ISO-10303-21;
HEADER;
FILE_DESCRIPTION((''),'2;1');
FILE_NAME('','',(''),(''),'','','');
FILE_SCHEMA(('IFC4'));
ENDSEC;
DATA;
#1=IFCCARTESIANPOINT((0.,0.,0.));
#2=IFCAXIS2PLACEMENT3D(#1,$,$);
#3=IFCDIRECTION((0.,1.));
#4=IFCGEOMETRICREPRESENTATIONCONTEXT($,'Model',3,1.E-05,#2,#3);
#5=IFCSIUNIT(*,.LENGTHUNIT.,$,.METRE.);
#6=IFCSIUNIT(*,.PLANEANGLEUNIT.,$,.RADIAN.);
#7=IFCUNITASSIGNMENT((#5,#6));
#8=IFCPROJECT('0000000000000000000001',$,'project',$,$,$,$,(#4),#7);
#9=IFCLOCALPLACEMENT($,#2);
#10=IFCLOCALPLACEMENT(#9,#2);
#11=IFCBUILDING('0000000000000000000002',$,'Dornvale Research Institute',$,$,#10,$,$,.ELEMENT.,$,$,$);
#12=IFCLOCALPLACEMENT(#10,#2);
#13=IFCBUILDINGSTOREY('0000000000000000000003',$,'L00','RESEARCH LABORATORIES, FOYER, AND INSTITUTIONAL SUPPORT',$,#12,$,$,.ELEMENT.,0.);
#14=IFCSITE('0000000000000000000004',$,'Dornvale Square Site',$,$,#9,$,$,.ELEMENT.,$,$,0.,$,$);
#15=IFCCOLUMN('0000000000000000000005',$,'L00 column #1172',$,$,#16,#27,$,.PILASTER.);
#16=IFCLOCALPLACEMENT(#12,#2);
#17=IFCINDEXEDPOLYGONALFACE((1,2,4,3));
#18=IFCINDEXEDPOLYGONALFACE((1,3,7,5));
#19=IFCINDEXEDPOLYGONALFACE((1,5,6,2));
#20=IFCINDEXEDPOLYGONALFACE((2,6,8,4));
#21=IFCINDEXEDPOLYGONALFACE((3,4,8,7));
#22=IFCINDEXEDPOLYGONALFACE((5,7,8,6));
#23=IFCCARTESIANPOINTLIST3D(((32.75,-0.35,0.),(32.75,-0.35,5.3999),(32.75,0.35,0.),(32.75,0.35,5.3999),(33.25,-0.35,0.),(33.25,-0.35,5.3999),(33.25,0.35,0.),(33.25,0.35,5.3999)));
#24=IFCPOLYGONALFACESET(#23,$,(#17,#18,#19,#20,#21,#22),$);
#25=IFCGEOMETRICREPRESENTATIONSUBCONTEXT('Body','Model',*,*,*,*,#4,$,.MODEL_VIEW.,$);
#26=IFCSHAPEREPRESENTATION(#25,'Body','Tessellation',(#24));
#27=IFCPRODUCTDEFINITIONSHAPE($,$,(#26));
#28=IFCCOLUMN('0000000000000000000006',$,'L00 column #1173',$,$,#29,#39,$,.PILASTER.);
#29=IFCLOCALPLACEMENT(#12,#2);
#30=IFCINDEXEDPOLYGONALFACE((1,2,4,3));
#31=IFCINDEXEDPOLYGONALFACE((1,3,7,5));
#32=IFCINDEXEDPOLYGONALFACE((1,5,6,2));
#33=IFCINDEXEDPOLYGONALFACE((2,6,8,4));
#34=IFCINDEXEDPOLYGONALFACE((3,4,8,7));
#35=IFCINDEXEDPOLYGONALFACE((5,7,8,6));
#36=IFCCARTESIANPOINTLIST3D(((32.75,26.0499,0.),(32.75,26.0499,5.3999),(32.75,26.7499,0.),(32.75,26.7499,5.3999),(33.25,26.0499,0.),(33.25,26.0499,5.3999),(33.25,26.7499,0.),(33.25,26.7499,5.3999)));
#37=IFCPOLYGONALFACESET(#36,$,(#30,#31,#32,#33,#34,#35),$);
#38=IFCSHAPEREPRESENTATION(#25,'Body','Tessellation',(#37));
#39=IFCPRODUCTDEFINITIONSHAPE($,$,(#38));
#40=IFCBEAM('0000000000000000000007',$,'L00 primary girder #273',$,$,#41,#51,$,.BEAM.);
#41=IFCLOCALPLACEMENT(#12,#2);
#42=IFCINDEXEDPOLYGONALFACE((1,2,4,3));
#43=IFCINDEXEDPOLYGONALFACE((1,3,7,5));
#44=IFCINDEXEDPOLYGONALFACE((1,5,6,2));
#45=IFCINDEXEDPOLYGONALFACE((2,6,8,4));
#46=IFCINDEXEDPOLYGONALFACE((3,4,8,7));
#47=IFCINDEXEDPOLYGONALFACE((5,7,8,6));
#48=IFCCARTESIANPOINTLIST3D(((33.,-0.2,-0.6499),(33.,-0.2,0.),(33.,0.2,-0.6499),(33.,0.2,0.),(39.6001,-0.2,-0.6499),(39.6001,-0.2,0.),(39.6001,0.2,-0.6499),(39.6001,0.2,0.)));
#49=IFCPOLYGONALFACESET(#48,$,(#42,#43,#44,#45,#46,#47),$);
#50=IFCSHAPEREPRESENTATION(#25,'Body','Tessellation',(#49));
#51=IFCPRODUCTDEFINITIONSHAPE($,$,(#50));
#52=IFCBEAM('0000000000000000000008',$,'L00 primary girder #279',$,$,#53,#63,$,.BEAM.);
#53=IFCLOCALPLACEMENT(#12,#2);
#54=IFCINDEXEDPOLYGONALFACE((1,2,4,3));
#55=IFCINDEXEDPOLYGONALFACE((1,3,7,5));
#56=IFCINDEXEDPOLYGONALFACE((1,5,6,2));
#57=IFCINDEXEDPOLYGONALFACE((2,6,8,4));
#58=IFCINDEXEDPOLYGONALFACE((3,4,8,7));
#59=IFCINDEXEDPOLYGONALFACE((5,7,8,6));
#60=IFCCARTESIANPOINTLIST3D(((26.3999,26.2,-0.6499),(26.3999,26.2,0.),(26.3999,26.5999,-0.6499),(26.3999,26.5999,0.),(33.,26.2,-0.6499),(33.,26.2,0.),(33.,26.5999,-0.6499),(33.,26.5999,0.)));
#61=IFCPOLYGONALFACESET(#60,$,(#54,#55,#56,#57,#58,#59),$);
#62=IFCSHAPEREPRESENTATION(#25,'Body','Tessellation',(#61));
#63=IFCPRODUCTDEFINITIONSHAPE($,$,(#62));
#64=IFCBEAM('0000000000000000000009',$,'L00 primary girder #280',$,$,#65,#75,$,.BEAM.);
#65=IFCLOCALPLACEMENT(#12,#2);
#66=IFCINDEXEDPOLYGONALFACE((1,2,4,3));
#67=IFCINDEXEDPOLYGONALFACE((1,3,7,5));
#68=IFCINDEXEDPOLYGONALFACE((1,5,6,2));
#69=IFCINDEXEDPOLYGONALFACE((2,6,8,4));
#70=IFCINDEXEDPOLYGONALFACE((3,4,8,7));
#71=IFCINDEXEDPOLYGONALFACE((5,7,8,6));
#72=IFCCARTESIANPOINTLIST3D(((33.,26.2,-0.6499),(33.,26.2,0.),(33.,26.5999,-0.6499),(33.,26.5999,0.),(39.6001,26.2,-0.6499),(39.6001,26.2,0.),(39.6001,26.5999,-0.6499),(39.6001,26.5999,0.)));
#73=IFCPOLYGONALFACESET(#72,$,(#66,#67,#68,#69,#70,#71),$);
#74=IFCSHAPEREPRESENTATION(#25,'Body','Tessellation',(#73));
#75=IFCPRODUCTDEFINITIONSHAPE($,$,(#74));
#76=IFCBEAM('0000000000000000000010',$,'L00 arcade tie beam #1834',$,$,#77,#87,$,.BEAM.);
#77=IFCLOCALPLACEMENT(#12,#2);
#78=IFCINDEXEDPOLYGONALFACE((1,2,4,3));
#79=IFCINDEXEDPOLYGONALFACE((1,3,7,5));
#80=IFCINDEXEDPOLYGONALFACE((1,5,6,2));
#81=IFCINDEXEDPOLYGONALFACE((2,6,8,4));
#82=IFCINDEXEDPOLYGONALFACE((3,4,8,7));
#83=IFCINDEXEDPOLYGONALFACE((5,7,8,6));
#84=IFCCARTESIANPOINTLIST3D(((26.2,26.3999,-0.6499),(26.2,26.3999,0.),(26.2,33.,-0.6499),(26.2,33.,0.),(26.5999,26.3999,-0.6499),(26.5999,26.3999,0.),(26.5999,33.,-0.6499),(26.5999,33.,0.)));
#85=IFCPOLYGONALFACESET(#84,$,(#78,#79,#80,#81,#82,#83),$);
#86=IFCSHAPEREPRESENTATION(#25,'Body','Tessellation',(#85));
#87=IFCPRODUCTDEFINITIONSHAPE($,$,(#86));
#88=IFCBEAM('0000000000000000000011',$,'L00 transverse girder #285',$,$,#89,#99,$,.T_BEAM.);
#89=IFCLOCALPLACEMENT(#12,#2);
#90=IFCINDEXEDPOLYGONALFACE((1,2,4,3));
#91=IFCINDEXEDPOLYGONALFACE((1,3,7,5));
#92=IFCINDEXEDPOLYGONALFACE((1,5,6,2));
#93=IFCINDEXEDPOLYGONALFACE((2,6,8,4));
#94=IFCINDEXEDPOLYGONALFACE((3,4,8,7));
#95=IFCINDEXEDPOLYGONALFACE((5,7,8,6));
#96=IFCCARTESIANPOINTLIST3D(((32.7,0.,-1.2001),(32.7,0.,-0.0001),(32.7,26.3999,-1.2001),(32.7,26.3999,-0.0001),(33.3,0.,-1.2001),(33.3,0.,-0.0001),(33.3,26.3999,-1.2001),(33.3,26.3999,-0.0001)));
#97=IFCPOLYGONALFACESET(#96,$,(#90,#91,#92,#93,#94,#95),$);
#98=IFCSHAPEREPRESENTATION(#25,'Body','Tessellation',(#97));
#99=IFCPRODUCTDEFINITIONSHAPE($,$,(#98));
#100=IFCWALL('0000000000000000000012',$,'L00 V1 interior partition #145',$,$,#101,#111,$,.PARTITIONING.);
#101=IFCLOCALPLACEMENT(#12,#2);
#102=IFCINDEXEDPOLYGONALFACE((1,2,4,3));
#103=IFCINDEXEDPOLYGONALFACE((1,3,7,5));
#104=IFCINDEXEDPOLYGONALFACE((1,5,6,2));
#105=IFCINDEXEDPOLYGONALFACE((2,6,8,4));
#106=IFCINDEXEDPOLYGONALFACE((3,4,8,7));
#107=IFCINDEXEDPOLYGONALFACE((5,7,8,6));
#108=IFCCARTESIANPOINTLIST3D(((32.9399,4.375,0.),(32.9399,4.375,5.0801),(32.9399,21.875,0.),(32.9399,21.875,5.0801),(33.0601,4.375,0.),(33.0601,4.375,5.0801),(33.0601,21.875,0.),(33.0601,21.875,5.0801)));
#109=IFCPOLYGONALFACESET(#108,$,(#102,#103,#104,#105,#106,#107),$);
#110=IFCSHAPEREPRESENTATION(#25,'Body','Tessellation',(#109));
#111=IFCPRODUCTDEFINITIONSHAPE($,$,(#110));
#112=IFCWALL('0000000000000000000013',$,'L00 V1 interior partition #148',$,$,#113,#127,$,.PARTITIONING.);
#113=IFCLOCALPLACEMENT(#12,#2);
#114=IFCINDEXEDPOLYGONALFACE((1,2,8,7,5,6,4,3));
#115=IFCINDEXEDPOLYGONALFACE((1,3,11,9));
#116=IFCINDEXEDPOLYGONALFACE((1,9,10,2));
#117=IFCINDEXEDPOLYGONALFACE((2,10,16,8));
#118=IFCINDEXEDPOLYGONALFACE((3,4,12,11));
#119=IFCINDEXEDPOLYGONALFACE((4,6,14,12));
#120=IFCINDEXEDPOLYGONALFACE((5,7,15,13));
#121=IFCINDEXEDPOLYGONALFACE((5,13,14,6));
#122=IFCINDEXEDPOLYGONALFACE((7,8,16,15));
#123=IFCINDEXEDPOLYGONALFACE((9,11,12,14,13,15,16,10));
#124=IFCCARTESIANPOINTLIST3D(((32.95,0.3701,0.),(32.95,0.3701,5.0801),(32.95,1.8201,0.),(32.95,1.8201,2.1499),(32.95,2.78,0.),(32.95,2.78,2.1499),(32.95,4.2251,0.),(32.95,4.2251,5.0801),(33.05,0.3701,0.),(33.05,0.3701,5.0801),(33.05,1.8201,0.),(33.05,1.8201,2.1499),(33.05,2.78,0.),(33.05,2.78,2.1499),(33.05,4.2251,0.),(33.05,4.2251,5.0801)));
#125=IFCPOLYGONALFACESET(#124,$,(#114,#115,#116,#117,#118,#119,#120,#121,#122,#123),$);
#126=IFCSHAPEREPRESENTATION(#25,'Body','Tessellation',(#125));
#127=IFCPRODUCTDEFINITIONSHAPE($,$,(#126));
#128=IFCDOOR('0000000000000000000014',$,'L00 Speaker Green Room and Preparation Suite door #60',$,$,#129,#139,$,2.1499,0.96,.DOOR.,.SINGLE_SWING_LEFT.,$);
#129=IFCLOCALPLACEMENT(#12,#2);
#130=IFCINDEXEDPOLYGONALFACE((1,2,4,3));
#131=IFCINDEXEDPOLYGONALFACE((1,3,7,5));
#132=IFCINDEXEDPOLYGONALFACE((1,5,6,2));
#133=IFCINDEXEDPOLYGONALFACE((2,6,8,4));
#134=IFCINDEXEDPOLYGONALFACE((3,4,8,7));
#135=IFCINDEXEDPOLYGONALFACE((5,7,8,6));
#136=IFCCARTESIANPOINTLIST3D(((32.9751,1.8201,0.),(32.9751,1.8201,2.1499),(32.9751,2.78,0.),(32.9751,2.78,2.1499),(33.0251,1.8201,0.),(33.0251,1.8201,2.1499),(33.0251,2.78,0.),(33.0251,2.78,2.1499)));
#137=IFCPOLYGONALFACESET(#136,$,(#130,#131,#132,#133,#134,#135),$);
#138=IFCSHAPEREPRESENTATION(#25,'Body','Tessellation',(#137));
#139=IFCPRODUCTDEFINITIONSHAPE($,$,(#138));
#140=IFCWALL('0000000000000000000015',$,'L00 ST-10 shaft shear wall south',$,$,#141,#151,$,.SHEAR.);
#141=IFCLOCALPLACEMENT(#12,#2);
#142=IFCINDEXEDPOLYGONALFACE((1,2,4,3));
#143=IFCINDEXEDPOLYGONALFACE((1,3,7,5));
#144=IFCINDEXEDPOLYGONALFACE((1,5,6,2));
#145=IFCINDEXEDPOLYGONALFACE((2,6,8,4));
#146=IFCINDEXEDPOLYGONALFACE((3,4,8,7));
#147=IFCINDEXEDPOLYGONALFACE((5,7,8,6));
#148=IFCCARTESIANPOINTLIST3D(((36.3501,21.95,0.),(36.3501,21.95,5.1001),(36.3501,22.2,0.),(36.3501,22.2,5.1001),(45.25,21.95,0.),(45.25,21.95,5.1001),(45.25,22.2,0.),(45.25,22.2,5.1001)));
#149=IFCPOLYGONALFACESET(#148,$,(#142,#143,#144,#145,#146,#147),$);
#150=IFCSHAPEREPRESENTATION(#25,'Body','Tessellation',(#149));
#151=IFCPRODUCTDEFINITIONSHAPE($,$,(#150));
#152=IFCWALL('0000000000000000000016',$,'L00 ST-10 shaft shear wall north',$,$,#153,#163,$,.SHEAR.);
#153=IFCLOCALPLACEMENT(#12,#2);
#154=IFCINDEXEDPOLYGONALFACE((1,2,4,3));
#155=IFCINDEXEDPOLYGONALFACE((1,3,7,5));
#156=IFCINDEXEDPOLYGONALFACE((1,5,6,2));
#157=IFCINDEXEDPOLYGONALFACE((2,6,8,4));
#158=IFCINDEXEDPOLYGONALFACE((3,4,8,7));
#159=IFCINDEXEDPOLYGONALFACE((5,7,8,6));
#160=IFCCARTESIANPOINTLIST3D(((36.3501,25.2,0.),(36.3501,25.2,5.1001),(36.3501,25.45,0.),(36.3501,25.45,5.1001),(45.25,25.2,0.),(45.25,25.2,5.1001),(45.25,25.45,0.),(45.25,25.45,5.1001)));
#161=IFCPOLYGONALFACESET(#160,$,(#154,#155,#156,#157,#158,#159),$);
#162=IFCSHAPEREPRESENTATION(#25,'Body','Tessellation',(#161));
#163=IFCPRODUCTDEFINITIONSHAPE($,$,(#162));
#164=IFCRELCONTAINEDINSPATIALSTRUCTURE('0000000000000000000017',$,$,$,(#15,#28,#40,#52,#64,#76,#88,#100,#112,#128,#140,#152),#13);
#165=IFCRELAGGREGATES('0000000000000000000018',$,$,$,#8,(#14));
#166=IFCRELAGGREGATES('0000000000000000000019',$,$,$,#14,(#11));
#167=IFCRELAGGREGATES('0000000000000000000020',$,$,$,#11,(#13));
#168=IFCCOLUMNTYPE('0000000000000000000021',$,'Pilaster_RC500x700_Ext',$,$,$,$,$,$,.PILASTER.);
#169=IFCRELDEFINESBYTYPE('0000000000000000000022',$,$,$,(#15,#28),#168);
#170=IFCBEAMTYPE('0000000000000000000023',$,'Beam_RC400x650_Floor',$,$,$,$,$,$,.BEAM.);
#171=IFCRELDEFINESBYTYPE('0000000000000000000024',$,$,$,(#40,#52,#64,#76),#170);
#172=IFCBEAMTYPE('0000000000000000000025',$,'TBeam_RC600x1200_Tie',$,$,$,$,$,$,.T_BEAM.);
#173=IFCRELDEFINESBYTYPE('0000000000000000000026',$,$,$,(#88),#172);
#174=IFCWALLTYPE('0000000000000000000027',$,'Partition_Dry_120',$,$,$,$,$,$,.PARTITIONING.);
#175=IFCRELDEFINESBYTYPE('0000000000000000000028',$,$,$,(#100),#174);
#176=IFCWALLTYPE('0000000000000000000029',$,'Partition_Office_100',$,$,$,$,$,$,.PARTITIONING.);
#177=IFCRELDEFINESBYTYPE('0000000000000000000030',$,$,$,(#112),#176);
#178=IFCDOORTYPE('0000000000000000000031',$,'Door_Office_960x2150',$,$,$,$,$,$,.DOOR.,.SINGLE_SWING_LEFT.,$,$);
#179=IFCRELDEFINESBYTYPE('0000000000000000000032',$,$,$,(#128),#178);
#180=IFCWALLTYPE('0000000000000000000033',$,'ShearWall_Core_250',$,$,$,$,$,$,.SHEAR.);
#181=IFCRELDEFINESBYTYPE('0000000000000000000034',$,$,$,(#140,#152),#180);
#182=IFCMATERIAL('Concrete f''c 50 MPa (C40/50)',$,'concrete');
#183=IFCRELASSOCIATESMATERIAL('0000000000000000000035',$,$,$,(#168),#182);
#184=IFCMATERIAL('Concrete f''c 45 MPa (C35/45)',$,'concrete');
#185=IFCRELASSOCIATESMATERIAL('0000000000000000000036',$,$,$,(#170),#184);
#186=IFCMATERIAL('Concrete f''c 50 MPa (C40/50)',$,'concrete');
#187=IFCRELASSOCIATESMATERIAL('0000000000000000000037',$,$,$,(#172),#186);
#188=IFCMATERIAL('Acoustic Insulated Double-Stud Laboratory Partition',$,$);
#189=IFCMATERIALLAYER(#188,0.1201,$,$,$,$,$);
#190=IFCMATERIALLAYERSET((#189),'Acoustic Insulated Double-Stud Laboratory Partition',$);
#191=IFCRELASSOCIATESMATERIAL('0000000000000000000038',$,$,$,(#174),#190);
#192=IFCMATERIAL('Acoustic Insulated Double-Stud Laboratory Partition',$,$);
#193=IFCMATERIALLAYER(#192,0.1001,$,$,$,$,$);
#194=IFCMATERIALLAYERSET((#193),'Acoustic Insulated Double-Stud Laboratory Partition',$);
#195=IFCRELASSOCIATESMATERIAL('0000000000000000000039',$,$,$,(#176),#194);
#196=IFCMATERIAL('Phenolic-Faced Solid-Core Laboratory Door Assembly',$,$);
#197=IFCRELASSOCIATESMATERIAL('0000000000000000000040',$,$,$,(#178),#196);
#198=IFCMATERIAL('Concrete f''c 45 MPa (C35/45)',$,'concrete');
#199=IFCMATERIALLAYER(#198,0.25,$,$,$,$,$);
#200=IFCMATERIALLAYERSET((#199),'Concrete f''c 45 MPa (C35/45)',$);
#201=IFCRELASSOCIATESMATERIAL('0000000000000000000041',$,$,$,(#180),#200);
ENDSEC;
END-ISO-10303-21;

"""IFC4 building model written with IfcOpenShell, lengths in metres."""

from ifc_helpers import new_model, si_unit, direction, frame, frame_2d, origin, origin_2d, place, context, subcontext, project, spatial, rectangle, extrude, material, layer, layer_set, material_profile, profile_set, type_object, element, fill, save


model = new_model("IFC4")

# Units and contexts
model_context = context("Model", 3, precision=1e-05, world=origin(), true_north=direction((0.0, 1.0)))
body_context = subcontext(model_context, "Body", "Model", "MODEL_VIEW")
ifc_project = project(units=[si_unit("LENGTHUNIT", "METRE"), si_unit("PLANEANGLEUNIT", "RADIAN")], contexts=[model_context])

# Site, building, storey
site_placement = place(None, origin())
site = spatial("IfcSite", under=ifc_project, at=site_placement, Name="Dornvale Square Site", CompositionType="ELEMENT", RefElevation=0.0)
building_placement = place(site_placement, origin())
building = spatial("IfcBuilding", under=site, at=building_placement, Name="Dornvale Research Institute", CompositionType="ELEMENT")
storey_placement = place(building_placement, origin())
storey = spatial("IfcBuildingStorey", under=building, at=storey_placement, Name="L00", Description="RESEARCH LABORATORIES, FOYER, AND INSTITUTIONAL SUPPORT", CompositionType="ELEMENT", Elevation=0.0)

# Columns
ifc_material_1 = material(Name="Concrete f'c 50 MPa (C40/50)", Category="concrete")
ifc_material_profile_1 = material_profile(ifc_material_1, rectangle(XDim=0.5, YDim=0.7, at=origin_2d()), Name="RC 500x700")
ifc_profile_set_1 = profile_set([ifc_material_profile_1], Name="Concrete f'c 50 MPa (C40/50)")
column_type = type_object("IfcColumnType", Name="Pilaster_RC500x700_Ext", PredefinedType="PILASTER", material=ifc_profile_set_1)
for number, where, z_axis, x_axis, name in (
    (1, (33.0, 0.0, 0.0), (0.0, 0.0, 1.0), (1.0, 0.0, 0.0), "L00 column #1172"),
    (2, (33.0, 26.3999, 0.0), (0.0, 0.0, 1.0), (1.0, 0.0, 0.0), "L00 column #1173"),
):
    element("IfcColumn", number, at=place(storey_placement, frame(where, z_axis=z_axis, x_axis=x_axis)), inside=storey, type_object=column_type, Name=name, PredefinedType="PILASTER", context=body_context, shape_type="SweptSolid", body=[
        extrude(rectangle(XDim=0.5, YDim=0.7, at=origin_2d()), origin(), (0.0, 0.0, 1.0), 5.3999),
    ])

# Beams
ifc_material_2 = material(Name="Concrete f'c 45 MPa (C35/45)", Category="concrete")
ifc_material_profile_2 = material_profile(ifc_material_2, rectangle(XDim=0.3999, YDim=0.6499, at=origin_2d()), Name="RC 400x650")
ifc_profile_set_2 = profile_set([ifc_material_profile_2], Name="Concrete f'c 45 MPa (C35/45)")
beam_type_1 = type_object("IfcBeamType", Name="Beam_RC400x650_Floor", PredefinedType="BEAM", material=ifc_profile_set_2)
for number, where, z_axis, x_axis, name in (
    (3, (33.0, 0.0, -0.325), (1.0, 0.0, 0.0), (0.0, 1.0, 0.0), "L00 primary girder #273"),
    (4, (26.3999, 26.3999, -0.325), (1.0, 0.0, 0.0), (0.0, 1.0, 0.0), "L00 primary girder #279"),
    (5, (33.0, 26.3999, -0.325), (1.0, 0.0, 0.0), (0.0, 1.0, 0.0), "L00 primary girder #280"),
    (6, (26.3999, 26.3999, -0.325), (0.0, 1.0, 0.0), (-1.0, 0.0, 0.0), "L00 arcade tie beam #1834"),
):
    element("IfcBeam", number, at=place(storey_placement, frame(where, z_axis=z_axis, x_axis=x_axis)), inside=storey, type_object=beam_type_1, Name=name, PredefinedType="BEAM", context=body_context, shape_type="SweptSolid", body=[
        extrude(rectangle(XDim=0.3999, YDim=0.6499, at=origin_2d()), origin(), (0.0, 0.0, 1.0), 6.6001),
    ])
ifc_material_3 = material(Name="Concrete f'c 50 MPa (C40/50)", Category="concrete")
ifc_material_profile_3 = material_profile(ifc_material_3, rectangle(XDim=0.6001, YDim=1.2, at=origin_2d()), Name="RC 600x1200")
ifc_profile_set_3 = profile_set([ifc_material_profile_3], Name="Concrete f'c 50 MPa (C40/50)")
beam_type_2 = type_object("IfcBeamType", Name="TBeam_RC600x1200_Tie", PredefinedType="T_BEAM", material=ifc_profile_set_3)
beam_placement = place(storey_placement, frame((33.0, 0.0, -0.6001), z_axis=(0.0, 1.0, 0.0), x_axis=(-1.0, 0.0, 0.0)))
element("IfcBeam", 7, at=beam_placement, inside=storey, type_object=beam_type_2, Name="L00 transverse girder #285", PredefinedType="T_BEAM", context=body_context, shape_type="SweptSolid", body=[
    extrude(rectangle(XDim=0.6001, YDim=1.2, at=origin_2d()), origin(), (0.0, 0.0, 1.0), 26.3999),
])

# Wall
ifc_material_4 = material(Name="Acoustic Insulated Double-Stud Laboratory Partition")
ifc_layer_1 = layer(ifc_material_4, 0.1201)
ifc_layer_set_1 = layer_set([ifc_layer_1], Name="Acoustic Insulated Double-Stud Laboratory Partition")
wall_type_1 = type_object("IfcWallType", Name="Partition_Dry_120", PredefinedType="PARTITIONING", material=ifc_layer_set_1)
wall_1_placement = place(storey_placement, frame((33.0, 4.375, 0.0), z_axis=(0.0, 0.0, 1.0), x_axis=(0.0, 1.0, 0.0)))
element("IfcWall", 8, at=wall_1_placement, inside=storey, type_object=wall_type_1, Name="L00 V1 interior partition #145", PredefinedType="PARTITIONING", context=body_context, shape_type="SweptSolid", body=[
    extrude(rectangle(XDim=17.5, YDim=0.1201, at=frame_2d((8.75, 0.0))), origin(), (0.0, 0.0, 1.0), 5.0801),
])

# Wall, opening, door
ifc_material_5 = material(Name="Acoustic Insulated Double-Stud Laboratory Partition")
ifc_layer_2 = layer(ifc_material_5, 0.1001)
ifc_layer_set_2 = layer_set([ifc_layer_2], Name="Acoustic Insulated Double-Stud Laboratory Partition")
wall_type_2 = type_object("IfcWallType", Name="Partition_Office_100", PredefinedType="PARTITIONING", material=ifc_layer_set_2)
wall_2_placement = place(storey_placement, frame((33.0, 0.3701, 0.0), z_axis=(0.0, 0.0, 1.0), x_axis=(0.0, 1.0, 0.0)))
wall_2 = element("IfcWall", 9, at=wall_2_placement, inside=storey, type_object=wall_type_2, Name="L00 V1 interior partition #148", PredefinedType="PARTITIONING", context=body_context, shape_type="SweptSolid", body=[
    extrude(rectangle(XDim=3.855, YDim=0.1001, at=frame_2d((1.9275, 0.0))), origin(), (0.0, 0.0, 1.0), 5.0801),
])
opening_1_placement = place(wall_2_placement, frame((1.45, 0.0, 0.0)))
opening_1 = element("IfcOpeningElement", 10, at=opening_1_placement, cuts=wall_2, PredefinedType="OPENING", context=body_context, shape_type="SweptSolid", body=[
    extrude(rectangle(XDim=0.96, YDim=2.1499, at=frame_2d((0.48, 1.075))), frame((0.0, 0.0649, 0.0), z_axis=(0.0, -1.0, 0.0), x_axis=(1.0, 0.0, 0.0)), (0.0, 0.0, 1.0), 0.1301),
])
ifc_material_6 = material(Name="Phenolic-Faced Solid-Core Laboratory Door Assembly")
door_type_1 = type_object("IfcDoorType", Name="Door_Office_960x2150", OperationType="SINGLE_SWING_LEFT", PredefinedType="DOOR", material=ifc_material_6)
door_1_placement = place(opening_1_placement, origin())
door_1 = element("IfcDoor", 11, at=door_1_placement, inside=storey, type_object=door_type_1, Name="L00 Speaker Green Room and Preparation Suite door #60", OperationType="SINGLE_SWING_LEFT", OverallHeight=2.1499, OverallWidth=0.96, PredefinedType="DOOR", context=body_context, shape_type="SweptSolid", body=[
    extrude(rectangle(XDim=0.96, YDim=2.1499, at=frame_2d((0.48, 1.075))), frame((0.0, 0.0249, 0.0), z_axis=(0.0, -1.0, 0.0), x_axis=(1.0, 0.0, 0.0)), (0.0, 0.0, 1.0), 0.05),
])
fill(opening_1, door_1)

# Walls
ifc_material_7 = material(Name="Concrete f'c 45 MPa (C35/45)", Category="concrete")
ifc_layer_3 = layer(ifc_material_7, 0.25)
ifc_layer_set_3 = layer_set([ifc_layer_3], Name="Concrete f'c 45 MPa (C35/45)")
wall_type_3 = type_object("IfcWallType", Name="ShearWall_Core_250", PredefinedType="SHEAR", material=ifc_layer_set_3)
for number, where, z_axis, x_axis, name in (
    (12, (36.3501, 22.075, 0.0), (0.0, 0.0, 1.0), (1.0, 0.0, 0.0), "L00 ST-10 shaft shear wall south"),
    (13, (36.3501, 25.325, 0.0), (0.0, 0.0, 1.0), (1.0, 0.0, 0.0), "L00 ST-10 shaft shear wall north"),
):
    element("IfcWall", number, at=place(storey_placement, frame(where, z_axis=z_axis, x_axis=x_axis)), inside=storey, type_object=wall_type_3, Name=name, PredefinedType="SHEAR", context=body_context, shape_type="SweptSolid", body=[
        extrude(rectangle(XDim=8.8999, YDim=0.25, at=frame_2d((4.45, 0.0))), origin(), (0.0, 0.0, 1.0), 5.1001),
    ])

save(model, "model.ifc")
